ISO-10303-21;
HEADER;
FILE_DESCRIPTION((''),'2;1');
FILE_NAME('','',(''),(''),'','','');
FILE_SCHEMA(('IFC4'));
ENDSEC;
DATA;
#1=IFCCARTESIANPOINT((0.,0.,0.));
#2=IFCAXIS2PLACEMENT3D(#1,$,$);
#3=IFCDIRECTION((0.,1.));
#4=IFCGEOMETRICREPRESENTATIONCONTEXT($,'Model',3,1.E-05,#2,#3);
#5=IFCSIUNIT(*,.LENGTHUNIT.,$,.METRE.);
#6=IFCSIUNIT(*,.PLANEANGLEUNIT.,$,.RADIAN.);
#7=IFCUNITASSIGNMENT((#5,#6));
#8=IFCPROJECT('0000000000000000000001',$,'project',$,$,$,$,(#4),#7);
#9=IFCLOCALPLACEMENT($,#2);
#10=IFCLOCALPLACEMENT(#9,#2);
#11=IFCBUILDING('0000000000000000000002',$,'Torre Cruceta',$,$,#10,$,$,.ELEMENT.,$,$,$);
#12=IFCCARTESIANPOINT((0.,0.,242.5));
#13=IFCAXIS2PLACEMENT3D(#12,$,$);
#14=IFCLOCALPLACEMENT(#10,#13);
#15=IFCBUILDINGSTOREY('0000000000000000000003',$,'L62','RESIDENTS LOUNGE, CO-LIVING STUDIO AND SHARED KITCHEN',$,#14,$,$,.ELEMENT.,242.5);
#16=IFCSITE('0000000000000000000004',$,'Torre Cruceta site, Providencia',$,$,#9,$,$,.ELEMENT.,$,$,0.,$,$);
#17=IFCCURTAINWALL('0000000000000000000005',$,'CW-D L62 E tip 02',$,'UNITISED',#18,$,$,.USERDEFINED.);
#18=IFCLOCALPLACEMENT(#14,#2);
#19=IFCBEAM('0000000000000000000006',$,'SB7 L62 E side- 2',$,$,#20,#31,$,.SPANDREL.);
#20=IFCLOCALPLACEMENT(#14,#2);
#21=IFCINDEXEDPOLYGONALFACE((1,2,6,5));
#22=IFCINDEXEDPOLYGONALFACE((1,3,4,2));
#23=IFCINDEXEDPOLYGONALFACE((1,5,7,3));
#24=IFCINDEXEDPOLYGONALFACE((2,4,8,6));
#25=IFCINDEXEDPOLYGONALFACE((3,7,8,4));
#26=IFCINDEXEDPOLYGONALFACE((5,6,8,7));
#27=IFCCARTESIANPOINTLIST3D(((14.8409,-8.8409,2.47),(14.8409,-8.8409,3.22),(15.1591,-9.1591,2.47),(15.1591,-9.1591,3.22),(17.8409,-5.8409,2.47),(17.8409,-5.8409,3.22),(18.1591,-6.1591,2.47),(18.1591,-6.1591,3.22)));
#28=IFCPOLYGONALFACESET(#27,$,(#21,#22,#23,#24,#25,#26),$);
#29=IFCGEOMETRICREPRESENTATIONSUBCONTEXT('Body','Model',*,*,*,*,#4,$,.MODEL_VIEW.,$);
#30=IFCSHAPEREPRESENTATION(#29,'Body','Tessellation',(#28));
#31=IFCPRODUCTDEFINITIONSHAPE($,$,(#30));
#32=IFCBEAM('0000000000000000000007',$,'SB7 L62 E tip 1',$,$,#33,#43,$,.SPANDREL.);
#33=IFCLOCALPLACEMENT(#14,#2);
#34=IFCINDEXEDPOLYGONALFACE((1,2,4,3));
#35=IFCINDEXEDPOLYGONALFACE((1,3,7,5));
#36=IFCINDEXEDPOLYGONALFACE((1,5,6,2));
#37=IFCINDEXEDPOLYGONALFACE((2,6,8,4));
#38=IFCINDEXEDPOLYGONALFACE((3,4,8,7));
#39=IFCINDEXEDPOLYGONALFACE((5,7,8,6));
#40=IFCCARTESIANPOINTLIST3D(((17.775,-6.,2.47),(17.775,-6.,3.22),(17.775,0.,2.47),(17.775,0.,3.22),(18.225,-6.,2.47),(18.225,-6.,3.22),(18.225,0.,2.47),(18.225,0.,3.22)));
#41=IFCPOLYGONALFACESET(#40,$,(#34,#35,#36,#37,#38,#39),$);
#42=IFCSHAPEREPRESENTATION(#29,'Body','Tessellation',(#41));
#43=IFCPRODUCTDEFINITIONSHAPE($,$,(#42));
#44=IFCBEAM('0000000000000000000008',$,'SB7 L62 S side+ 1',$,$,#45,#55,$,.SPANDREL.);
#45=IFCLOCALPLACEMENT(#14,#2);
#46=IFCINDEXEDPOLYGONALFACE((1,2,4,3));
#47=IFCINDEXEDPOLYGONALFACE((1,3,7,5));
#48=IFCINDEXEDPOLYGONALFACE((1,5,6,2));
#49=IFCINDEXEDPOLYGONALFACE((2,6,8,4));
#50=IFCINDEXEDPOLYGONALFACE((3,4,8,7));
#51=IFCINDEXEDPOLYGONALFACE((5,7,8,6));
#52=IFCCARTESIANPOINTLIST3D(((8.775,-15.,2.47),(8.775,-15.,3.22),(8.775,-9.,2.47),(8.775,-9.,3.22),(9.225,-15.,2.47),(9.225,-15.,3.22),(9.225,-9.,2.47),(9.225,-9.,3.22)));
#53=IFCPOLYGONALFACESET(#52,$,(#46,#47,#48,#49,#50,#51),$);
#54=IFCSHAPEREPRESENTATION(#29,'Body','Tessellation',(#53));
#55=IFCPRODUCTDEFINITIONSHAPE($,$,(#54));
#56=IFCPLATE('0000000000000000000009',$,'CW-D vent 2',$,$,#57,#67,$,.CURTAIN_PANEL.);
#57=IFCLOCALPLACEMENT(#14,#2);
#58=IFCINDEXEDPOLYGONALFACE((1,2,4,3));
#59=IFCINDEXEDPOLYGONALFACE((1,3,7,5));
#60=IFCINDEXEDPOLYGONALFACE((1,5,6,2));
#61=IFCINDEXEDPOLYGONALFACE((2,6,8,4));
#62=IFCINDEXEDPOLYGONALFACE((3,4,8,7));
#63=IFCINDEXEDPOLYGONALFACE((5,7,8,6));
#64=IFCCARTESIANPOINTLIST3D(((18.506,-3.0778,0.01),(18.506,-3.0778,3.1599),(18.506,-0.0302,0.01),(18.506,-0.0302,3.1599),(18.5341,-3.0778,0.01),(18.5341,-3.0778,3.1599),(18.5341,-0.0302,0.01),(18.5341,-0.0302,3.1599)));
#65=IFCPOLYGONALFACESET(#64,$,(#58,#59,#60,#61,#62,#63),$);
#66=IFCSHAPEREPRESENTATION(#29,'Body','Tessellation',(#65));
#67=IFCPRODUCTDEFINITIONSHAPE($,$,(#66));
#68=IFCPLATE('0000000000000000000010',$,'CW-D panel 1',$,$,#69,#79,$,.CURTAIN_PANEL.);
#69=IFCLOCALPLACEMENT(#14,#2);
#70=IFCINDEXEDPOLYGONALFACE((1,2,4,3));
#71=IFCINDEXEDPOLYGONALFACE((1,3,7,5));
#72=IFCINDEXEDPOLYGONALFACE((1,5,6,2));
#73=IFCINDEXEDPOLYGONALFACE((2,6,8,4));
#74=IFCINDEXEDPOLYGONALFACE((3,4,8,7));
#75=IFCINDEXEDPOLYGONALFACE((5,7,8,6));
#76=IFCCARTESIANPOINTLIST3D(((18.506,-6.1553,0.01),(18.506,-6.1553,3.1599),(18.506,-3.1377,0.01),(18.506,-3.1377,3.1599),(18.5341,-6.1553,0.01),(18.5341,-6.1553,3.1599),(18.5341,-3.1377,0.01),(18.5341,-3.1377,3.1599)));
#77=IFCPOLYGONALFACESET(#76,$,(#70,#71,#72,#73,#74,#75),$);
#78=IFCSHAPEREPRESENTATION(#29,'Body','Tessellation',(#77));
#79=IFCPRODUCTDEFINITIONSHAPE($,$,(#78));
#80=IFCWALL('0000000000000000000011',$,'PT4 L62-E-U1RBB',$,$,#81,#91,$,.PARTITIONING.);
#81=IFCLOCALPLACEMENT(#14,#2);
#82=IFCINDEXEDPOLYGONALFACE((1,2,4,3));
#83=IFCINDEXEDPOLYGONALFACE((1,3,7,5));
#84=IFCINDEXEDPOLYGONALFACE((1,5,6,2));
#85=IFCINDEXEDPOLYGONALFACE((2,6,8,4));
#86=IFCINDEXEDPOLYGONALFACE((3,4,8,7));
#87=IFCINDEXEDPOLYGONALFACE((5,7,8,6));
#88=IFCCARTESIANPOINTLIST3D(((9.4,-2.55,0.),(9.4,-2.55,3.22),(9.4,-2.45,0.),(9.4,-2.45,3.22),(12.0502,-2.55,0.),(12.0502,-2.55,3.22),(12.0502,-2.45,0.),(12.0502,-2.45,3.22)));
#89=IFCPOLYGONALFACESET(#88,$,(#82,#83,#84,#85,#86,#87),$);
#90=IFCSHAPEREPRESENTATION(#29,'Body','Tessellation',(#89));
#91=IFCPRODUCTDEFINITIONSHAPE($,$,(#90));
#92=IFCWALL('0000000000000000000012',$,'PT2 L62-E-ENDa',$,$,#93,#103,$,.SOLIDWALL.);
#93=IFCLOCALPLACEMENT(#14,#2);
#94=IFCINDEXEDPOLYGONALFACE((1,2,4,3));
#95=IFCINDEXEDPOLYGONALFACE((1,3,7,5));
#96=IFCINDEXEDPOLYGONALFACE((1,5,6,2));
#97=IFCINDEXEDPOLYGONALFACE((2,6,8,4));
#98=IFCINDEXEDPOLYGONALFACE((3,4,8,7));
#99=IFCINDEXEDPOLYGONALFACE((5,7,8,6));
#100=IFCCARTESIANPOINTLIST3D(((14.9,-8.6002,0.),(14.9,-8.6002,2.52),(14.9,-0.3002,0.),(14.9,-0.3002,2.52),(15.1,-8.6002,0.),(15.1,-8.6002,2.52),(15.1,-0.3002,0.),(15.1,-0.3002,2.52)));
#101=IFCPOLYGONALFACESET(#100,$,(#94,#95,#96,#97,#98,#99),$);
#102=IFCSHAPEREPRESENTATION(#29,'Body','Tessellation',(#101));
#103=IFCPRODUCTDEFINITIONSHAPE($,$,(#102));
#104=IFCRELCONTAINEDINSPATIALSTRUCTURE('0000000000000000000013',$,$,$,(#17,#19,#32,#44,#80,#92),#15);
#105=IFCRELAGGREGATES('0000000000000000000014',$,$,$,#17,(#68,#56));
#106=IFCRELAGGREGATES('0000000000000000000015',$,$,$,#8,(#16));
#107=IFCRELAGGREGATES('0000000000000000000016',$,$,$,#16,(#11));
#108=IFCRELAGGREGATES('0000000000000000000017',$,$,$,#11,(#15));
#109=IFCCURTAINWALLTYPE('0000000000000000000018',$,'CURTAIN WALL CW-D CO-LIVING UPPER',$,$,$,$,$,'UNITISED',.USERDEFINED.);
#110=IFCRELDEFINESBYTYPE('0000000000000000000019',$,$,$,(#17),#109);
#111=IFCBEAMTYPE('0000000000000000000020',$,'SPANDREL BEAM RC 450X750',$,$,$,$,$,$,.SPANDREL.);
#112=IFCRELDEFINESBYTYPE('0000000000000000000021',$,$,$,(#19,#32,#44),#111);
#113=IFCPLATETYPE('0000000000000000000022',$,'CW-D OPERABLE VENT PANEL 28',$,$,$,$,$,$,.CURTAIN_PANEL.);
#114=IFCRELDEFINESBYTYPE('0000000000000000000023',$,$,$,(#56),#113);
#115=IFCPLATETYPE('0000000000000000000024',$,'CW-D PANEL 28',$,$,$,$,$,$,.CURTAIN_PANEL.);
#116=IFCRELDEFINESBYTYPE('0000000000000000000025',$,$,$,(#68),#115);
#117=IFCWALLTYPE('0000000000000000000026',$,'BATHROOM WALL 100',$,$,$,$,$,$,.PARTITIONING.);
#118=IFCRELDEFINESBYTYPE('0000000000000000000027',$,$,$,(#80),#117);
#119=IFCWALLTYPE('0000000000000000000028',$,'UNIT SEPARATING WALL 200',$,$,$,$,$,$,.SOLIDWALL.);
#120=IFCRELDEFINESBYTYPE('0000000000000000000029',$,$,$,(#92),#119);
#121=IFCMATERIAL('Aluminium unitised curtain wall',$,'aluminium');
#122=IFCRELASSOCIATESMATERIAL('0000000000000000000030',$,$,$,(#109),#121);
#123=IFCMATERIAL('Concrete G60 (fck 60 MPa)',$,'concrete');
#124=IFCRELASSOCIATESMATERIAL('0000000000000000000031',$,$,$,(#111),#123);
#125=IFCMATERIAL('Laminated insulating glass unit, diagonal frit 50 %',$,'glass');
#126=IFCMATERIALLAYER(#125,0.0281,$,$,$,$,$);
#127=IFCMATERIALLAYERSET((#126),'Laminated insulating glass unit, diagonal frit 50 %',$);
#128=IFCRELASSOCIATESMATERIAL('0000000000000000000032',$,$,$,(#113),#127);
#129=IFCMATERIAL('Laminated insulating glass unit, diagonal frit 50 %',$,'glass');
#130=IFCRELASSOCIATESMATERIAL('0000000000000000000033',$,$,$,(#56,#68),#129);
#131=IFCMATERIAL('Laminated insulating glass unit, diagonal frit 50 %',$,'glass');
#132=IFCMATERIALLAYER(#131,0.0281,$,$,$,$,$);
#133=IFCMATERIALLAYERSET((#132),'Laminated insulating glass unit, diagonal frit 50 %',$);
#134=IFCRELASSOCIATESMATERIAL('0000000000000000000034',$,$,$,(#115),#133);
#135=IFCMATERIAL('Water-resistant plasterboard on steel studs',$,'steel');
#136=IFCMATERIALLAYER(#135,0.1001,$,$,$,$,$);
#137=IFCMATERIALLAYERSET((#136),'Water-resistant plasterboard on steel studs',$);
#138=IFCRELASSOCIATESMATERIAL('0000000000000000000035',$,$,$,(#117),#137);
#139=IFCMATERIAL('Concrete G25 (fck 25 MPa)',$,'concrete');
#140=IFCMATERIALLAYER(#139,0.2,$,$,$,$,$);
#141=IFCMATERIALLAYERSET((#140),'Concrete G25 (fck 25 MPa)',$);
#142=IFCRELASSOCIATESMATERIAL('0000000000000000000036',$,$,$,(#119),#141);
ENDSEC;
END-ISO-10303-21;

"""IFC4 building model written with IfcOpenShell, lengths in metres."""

from ifc_helpers import new_model, si_unit, direction, frame, frame_2d, origin, origin_2d, place, context, subcontext, project, spatial, rectangle, extrude, material, layer, layer_set, material_profile, profile_set, type_object, element, aggregate, save


model = new_model("IFC4")

# Units and contexts
model_context = context("Model", 3, precision=1e-05, world=origin(), true_north=direction((0.0, 1.0)))
body_context = subcontext(model_context, "Body", "Model", "MODEL_VIEW")
ifc_project = project(units=[si_unit("LENGTHUNIT", "METRE"), si_unit("PLANEANGLEUNIT", "RADIAN")], contexts=[model_context])

# Site, building, storey
site_placement = place(None, origin())
site = spatial("IfcSite", under=ifc_project, at=site_placement, Name="Torre Cruceta site, Providencia", CompositionType="ELEMENT", RefElevation=0.0)
building_placement = place(site_placement, origin())
building = spatial("IfcBuilding", under=site, at=building_placement, Name="Torre Cruceta", CompositionType="ELEMENT")
storey_placement = place(building_placement, frame((0.0, 0.0, 242.5)))
storey = spatial("IfcBuildingStorey", under=building, at=storey_placement, Name="L62", Description="RESIDENTS LOUNGE, CO-LIVING STUDIO AND SHARED KITCHEN", CompositionType="ELEMENT", Elevation=242.5)

# Curtain wall
ifc_material_1 = material(Name="Aluminium unitised curtain wall", Category="aluminium")
curtain_wall_type = type_object("IfcCurtainWallType", Name="CURTAIN WALL CW-D CO-LIVING UPPER", ElementType="UNITISED", PredefinedType="USERDEFINED", material=ifc_material_1)
curtain_wall_placement = place(storey_placement, origin())
curtain_wall = element("IfcCurtainWall", 1, at=curtain_wall_placement, inside=storey, type_object=curtain_wall_type, Name="CW-D L62 E tip 02", ObjectType="UNITISED", PredefinedType="USERDEFINED")

# Beams
ifc_material_2 = material(Name="Concrete G60 (fck 60 MPa)", Category="concrete")
ifc_material_profile_1 = material_profile(ifc_material_2, rectangle(XDim=0.45, YDim=0.75, at=origin_2d()), Name="RC 450X750")
ifc_profile_set_1 = profile_set([ifc_material_profile_1], Name="Concrete G60 (fck 60 MPa)")
beam_type_1 = type_object("IfcBeamType", Name="SPANDREL BEAM RC 450X750", PredefinedType="SPANDREL", material=ifc_profile_set_1)
beam_1_placement = place(storey_placement, frame((15.0, -9.0, 2.845), z_axis=(0.707107, 0.707107, 0.0), x_axis=(-0.707107, 0.707107, 0.0)))
element("IfcBeam", 2, at=beam_1_placement, inside=storey, type_object=beam_type_1, Name="SB7 L62 E side- 2", PredefinedType="SPANDREL", context=body_context, shape_type="SweptSolid", body=[
    extrude(rectangle(XDim=0.45, YDim=0.75, at=origin_2d()), origin(), (0.0, 0.0, 1.0), 4.2427),
])
for number, where, z_axis, x_axis, name in (
    (3, (18.0, -6.0, 2.845), (0.0, 1.0, 0.0), (-1.0, 0.0, 0.0), "SB7 L62 E tip 1"),
    (4, (9.0, -9.0, 2.845), (0.0, -1.0, 0.0), (1.0, 0.0, 0.0), "SB7 L62 S side+ 1"),
):
    element("IfcBeam", number, at=place(storey_placement, frame(where, z_axis=z_axis, x_axis=x_axis)), inside=storey, type_object=beam_type_1, Name=name, PredefinedType="SPANDREL", context=body_context, shape_type="SweptSolid", body=[
        extrude(rectangle(XDim=0.45, YDim=0.75, at=origin_2d()), origin(), (0.0, 0.0, 1.0), 6.0),
    ])

# Plates
ifc_material_3 = material(Name="Laminated insulating glass unit, diagonal frit 50 %", Category="glass")
ifc_material_4 = material(Name="Laminated insulating glass unit, diagonal frit 50 %", Category="glass")
ifc_layer_1 = layer(ifc_material_4, 0.0281)
ifc_layer_set_1 = layer_set([ifc_layer_1], Name="Laminated insulating glass unit, diagonal frit 50 %")
plate_type_1 = type_object("IfcPlateType", Name="CW-D OPERABLE VENT PANEL 28", PredefinedType="CURTAIN_PANEL", material=ifc_layer_set_1)
plate_1_placement = place(storey_placement, frame((18.52, -1.554, 0.01), z_axis=(0.0, 0.0, 1.0), x_axis=(0.0, 1.0, 0.0)))
plate_1 = element("IfcPlate", 5, at=plate_1_placement, type_object=plate_type_1, material=ifc_material_3, Name="CW-D vent 2", PredefinedType="CURTAIN_PANEL", context=body_context, shape_type="SweptSolid", body=[
    extrude(rectangle(XDim=3.0476, YDim=0.0281, at=origin_2d()), origin(), (0.0, 0.0, 1.0), 3.1499),
])
ifc_material_5 = material(Name="Laminated insulating glass unit, diagonal frit 50 %", Category="glass")
ifc_layer_2 = layer(ifc_material_5, 0.0281)
ifc_layer_set_2 = layer_set([ifc_layer_2], Name="Laminated insulating glass unit, diagonal frit 50 %")
plate_type_2 = type_object("IfcPlateType", Name="CW-D PANEL 28", PredefinedType="CURTAIN_PANEL", material=ifc_layer_set_2)
plate_2_placement = place(storey_placement, frame((18.52, -4.6465, 0.01), z_axis=(0.0, 0.0, 1.0), x_axis=(0.0, 1.0, 0.0)))
plate_2 = element("IfcPlate", 6, at=plate_2_placement, type_object=plate_type_2, material=ifc_material_3, Name="CW-D panel 1", PredefinedType="CURTAIN_PANEL", context=body_context, shape_type="SweptSolid", body=[
    extrude(rectangle(XDim=3.0176, YDim=0.0281, at=origin_2d()), origin(), (0.0, 0.0, 1.0), 3.1499),
])
aggregate(curtain_wall, [plate_2, plate_1])

# Walls
ifc_material_6 = material(Name="Water-resistant plasterboard on steel studs", Category="steel")
ifc_layer_3 = layer(ifc_material_6, 0.1001)
ifc_layer_set_3 = layer_set([ifc_layer_3], Name="Water-resistant plasterboard on steel studs")
wall_type_1 = type_object("IfcWallType", Name="BATHROOM WALL 100", PredefinedType="PARTITIONING", material=ifc_layer_set_3)
wall_1_placement = place(storey_placement, frame((9.3999, -2.5, 0.0), z_axis=(0.0, 0.0, 1.0), x_axis=(1.0, 0.0, 0.0)))
element("IfcWall", 7, at=wall_1_placement, inside=storey, type_object=wall_type_1, Name="PT4 L62-E-U1RBB", PredefinedType="PARTITIONING", context=body_context, shape_type="SweptSolid", body=[
    extrude(rectangle(XDim=2.6501, YDim=0.1001, at=frame_2d((1.3252, 0.0))), origin(), (0.0, 0.0, 1.0), 3.22),
])
ifc_material_7 = material(Name="Concrete G25 (fck 25 MPa)", Category="concrete")
ifc_layer_4 = layer(ifc_material_7, 0.2)
ifc_layer_set_4 = layer_set([ifc_layer_4], Name="Concrete G25 (fck 25 MPa)")
wall_type_2 = type_object("IfcWallType", Name="UNIT SEPARATING WALL 200", PredefinedType="SOLIDWALL", material=ifc_layer_set_4)
wall_2_placement = place(storey_placement, frame((15.0, -8.6001, 0.0), z_axis=(0.0, 0.0, 1.0), x_axis=(0.0, 1.0, 0.0)))
element("IfcWall", 8, at=wall_2_placement, inside=storey, type_object=wall_type_2, Name="PT2 L62-E-ENDa", PredefinedType="SOLIDWALL", context=body_context, shape_type="SweptSolid", body=[
    extrude(rectangle(XDim=8.3, YDim=0.2, at=frame_2d((4.1499, 0.0))), origin(), (0.0, 0.0, 1.0), 2.52),
])

save(model, "model.ifc")
